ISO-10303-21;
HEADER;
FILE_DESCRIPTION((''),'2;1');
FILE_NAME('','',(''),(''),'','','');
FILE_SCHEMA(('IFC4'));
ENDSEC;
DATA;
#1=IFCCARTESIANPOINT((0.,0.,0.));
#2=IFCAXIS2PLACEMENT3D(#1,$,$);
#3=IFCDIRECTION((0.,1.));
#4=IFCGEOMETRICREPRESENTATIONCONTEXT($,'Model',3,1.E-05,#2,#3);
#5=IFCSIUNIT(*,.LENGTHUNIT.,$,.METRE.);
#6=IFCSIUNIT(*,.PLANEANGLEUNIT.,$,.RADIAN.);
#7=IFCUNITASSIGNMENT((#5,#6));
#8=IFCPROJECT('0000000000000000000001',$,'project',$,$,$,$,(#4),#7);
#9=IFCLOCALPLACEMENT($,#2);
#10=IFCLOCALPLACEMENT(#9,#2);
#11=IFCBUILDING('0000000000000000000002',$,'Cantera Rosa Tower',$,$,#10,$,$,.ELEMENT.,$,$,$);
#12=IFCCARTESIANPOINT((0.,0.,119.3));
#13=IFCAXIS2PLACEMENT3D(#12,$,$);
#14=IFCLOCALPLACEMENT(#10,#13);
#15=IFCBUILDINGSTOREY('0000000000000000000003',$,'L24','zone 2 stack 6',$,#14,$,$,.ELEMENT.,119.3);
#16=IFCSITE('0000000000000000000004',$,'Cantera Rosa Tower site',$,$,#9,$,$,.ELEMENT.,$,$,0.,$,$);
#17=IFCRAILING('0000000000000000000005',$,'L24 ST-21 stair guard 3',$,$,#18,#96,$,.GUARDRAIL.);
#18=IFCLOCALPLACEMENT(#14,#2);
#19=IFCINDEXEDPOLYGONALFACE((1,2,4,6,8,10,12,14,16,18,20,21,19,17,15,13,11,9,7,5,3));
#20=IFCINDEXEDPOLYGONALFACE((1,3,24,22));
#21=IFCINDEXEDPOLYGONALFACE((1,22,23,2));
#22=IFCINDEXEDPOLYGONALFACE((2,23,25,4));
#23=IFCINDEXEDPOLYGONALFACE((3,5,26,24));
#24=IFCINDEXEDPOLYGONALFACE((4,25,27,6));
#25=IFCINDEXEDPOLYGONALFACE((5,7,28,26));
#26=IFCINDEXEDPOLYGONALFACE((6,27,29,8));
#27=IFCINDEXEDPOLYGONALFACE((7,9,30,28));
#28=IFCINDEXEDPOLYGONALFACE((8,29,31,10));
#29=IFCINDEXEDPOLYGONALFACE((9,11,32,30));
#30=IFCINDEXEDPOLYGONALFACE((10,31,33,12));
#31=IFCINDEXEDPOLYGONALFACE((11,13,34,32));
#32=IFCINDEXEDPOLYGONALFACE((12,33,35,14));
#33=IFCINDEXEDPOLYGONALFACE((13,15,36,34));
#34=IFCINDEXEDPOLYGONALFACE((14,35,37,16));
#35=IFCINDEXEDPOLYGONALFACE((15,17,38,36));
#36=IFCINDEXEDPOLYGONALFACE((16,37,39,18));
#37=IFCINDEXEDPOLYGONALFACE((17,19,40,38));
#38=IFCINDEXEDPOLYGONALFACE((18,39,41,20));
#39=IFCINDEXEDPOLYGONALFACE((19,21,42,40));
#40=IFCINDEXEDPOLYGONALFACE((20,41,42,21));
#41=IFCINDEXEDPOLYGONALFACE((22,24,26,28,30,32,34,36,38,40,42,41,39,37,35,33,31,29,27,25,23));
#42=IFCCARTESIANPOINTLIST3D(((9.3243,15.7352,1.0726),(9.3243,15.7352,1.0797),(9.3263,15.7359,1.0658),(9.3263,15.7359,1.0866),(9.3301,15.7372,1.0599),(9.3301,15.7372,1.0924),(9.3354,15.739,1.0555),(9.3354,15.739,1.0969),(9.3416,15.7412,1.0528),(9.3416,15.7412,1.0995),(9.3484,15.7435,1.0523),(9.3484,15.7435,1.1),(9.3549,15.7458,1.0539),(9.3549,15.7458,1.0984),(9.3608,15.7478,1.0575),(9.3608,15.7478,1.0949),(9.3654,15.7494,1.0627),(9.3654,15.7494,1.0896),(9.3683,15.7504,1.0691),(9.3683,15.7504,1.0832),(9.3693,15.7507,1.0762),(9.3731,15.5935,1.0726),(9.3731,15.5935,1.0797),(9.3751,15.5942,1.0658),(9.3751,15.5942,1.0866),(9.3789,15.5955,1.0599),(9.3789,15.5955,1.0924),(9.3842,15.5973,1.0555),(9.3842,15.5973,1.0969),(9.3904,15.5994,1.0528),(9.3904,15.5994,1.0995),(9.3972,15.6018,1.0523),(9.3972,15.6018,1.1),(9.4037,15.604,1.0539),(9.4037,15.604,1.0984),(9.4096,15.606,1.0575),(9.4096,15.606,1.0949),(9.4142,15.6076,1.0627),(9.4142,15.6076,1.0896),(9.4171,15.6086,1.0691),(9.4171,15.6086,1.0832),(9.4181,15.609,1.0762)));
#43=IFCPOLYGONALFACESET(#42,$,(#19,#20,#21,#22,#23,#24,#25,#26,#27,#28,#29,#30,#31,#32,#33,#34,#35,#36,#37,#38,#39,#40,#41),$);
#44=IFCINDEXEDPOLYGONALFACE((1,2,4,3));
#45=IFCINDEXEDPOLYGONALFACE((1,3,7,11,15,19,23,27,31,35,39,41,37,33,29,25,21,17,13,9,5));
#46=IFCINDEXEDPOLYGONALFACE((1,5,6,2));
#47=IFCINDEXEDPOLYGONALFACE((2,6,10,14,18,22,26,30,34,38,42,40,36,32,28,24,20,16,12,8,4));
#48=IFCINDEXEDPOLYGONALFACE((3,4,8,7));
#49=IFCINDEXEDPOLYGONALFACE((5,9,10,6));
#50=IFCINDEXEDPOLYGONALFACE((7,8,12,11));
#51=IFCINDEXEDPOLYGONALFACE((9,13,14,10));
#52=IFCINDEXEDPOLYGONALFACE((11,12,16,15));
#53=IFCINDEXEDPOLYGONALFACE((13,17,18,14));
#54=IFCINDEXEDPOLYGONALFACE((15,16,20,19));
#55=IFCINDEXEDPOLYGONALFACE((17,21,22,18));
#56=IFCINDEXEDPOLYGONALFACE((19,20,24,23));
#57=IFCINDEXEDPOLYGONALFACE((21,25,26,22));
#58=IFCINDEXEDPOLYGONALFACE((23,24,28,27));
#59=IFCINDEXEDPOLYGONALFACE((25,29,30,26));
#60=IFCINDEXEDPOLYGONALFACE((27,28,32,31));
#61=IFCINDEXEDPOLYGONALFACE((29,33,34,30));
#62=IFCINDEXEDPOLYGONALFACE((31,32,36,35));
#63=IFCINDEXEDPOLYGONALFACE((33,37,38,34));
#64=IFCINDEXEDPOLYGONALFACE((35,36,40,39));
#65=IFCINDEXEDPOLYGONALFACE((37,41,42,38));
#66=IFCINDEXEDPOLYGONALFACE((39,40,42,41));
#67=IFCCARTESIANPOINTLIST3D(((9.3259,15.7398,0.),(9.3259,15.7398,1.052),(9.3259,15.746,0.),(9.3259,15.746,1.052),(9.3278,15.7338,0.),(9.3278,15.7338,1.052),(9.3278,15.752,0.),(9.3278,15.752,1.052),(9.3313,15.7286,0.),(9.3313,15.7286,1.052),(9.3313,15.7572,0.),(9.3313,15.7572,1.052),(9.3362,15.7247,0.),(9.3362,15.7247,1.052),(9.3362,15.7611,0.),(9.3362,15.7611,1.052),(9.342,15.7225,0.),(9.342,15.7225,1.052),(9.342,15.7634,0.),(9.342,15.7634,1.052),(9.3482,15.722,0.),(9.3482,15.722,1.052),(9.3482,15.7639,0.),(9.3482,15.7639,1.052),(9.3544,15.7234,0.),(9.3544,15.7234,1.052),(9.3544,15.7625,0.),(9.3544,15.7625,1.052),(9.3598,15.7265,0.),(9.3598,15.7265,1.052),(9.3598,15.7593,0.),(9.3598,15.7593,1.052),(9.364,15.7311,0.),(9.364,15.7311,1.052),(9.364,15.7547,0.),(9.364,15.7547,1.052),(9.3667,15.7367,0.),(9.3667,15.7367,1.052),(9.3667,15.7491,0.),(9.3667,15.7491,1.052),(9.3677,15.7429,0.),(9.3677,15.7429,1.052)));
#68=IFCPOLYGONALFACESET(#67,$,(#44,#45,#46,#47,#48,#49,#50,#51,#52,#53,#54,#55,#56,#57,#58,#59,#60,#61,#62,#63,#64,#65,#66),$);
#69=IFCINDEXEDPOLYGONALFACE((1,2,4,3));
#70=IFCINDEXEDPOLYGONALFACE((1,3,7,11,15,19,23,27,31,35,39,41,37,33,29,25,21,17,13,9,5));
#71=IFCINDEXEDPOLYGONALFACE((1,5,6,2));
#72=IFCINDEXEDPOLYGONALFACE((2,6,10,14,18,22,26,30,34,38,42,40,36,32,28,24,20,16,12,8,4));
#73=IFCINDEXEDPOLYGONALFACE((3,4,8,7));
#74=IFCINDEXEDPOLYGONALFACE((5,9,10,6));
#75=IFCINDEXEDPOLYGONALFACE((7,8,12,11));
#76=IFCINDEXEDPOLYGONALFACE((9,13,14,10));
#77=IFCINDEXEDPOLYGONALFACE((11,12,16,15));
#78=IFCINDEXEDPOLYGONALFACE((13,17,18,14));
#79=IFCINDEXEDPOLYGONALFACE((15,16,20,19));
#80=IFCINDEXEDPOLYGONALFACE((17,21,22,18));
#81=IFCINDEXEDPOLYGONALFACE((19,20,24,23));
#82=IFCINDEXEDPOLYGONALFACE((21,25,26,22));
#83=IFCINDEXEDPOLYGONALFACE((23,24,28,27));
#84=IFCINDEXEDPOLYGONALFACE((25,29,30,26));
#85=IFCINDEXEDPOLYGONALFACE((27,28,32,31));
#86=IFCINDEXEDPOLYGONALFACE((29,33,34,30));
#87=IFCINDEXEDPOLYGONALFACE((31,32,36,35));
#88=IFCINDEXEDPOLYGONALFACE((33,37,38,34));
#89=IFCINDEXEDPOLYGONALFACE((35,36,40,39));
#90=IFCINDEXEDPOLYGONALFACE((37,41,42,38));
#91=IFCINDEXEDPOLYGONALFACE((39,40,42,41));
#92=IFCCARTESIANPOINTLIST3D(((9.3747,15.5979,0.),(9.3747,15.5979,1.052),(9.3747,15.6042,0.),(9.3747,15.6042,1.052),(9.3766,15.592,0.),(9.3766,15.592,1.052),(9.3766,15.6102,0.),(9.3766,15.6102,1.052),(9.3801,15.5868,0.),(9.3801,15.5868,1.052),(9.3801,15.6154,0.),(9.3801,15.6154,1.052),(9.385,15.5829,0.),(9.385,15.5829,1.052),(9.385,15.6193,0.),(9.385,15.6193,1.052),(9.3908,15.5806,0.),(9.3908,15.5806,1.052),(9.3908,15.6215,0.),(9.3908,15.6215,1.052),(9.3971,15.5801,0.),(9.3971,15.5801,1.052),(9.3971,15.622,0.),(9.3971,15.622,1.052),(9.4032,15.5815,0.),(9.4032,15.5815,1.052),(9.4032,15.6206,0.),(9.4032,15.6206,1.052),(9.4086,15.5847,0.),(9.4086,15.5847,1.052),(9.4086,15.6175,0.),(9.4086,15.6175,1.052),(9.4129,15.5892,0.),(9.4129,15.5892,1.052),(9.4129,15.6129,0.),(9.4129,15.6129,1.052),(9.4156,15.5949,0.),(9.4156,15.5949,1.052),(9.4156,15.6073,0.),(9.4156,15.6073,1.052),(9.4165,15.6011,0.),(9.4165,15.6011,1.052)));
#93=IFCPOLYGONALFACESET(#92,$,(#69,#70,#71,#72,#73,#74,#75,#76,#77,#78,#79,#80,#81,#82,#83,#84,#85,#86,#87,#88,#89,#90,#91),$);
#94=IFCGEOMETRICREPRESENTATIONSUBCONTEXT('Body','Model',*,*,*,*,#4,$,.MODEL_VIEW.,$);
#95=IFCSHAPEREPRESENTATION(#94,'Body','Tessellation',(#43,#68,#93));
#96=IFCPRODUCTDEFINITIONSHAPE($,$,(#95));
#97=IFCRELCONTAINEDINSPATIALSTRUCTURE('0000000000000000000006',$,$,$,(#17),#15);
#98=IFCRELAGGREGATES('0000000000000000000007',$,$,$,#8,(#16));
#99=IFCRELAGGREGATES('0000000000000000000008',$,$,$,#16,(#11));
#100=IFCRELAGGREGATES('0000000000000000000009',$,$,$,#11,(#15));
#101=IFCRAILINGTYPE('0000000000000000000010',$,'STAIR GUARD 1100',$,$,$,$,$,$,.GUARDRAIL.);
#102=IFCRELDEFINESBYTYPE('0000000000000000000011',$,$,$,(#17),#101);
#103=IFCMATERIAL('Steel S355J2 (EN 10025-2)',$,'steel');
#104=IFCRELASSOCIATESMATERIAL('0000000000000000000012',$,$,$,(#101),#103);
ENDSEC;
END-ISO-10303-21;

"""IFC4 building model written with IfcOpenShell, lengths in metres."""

from ifc_helpers import new_model, si_unit, direction, frame, origin, origin_2d, place, context, subcontext, project, spatial, circle, extrude, material, type_object, element, save


model = new_model("IFC4")

# Units and contexts
model_context = context("Model", 3, precision=1e-05, world=origin(), true_north=direction((0.0, 1.0)))
body_context = subcontext(model_context, "Body", "Model", "MODEL_VIEW")
ifc_project = project(units=[si_unit("LENGTHUNIT", "METRE"), si_unit("PLANEANGLEUNIT", "RADIAN")], contexts=[model_context])

# Site, building, storey
site_placement = place(None, origin())
site = spatial("IfcSite", under=ifc_project, at=site_placement, Name="Cantera Rosa Tower site", CompositionType="ELEMENT", RefElevation=0.0)
building_placement = place(site_placement, origin())
building = spatial("IfcBuilding", under=site, at=building_placement, Name="Cantera Rosa Tower", CompositionType="ELEMENT")
storey_placement = place(building_placement, frame((0.0, 0.0, 119.3)))
storey = spatial("IfcBuildingStorey", under=building, at=storey_placement, Name="L24", Description="zone 2 stack 6", CompositionType="ELEMENT", Elevation=119.3)

# Railing
ifc_material_1 = material(Name="Steel S355J2 (EN 10025-2)", Category="steel")
railing_type_1 = type_object("IfcRailingType", Name="STAIR GUARD 1100", PredefinedType="GUARDRAIL", material=ifc_material_1)
railing_1_placement = place(storey_placement, frame((9.3467, 15.7429, 0.0)))
element("IfcRailing", 1, at=railing_1_placement, inside=storey, type_object=railing_type_1, Name="L24 ST-21 stair guard 3", PredefinedType="GUARDRAIL", context=body_context, shape_type="SweptSolid", body=[
    extrude(circle(Radius=0.0239, at=origin_2d()), frame((0.0, 0.0, 1.0762), z_axis=(0.325489, -0.945546, 0.0), x_axis=(0.945546, 0.325489, 0.0)), (0.0, 0.0, 1.0), 0.1499),
    extrude(circle(Radius=0.021, at=origin_2d()), origin(), (0.0, 0.0, 1.0), 1.052),
    extrude(circle(Radius=0.021, at=origin_2d()), frame((0.0488, -0.1418, 0.0)), (0.0, 0.0, 1.0), 1.052),
])

save(model, "model.ifc")
